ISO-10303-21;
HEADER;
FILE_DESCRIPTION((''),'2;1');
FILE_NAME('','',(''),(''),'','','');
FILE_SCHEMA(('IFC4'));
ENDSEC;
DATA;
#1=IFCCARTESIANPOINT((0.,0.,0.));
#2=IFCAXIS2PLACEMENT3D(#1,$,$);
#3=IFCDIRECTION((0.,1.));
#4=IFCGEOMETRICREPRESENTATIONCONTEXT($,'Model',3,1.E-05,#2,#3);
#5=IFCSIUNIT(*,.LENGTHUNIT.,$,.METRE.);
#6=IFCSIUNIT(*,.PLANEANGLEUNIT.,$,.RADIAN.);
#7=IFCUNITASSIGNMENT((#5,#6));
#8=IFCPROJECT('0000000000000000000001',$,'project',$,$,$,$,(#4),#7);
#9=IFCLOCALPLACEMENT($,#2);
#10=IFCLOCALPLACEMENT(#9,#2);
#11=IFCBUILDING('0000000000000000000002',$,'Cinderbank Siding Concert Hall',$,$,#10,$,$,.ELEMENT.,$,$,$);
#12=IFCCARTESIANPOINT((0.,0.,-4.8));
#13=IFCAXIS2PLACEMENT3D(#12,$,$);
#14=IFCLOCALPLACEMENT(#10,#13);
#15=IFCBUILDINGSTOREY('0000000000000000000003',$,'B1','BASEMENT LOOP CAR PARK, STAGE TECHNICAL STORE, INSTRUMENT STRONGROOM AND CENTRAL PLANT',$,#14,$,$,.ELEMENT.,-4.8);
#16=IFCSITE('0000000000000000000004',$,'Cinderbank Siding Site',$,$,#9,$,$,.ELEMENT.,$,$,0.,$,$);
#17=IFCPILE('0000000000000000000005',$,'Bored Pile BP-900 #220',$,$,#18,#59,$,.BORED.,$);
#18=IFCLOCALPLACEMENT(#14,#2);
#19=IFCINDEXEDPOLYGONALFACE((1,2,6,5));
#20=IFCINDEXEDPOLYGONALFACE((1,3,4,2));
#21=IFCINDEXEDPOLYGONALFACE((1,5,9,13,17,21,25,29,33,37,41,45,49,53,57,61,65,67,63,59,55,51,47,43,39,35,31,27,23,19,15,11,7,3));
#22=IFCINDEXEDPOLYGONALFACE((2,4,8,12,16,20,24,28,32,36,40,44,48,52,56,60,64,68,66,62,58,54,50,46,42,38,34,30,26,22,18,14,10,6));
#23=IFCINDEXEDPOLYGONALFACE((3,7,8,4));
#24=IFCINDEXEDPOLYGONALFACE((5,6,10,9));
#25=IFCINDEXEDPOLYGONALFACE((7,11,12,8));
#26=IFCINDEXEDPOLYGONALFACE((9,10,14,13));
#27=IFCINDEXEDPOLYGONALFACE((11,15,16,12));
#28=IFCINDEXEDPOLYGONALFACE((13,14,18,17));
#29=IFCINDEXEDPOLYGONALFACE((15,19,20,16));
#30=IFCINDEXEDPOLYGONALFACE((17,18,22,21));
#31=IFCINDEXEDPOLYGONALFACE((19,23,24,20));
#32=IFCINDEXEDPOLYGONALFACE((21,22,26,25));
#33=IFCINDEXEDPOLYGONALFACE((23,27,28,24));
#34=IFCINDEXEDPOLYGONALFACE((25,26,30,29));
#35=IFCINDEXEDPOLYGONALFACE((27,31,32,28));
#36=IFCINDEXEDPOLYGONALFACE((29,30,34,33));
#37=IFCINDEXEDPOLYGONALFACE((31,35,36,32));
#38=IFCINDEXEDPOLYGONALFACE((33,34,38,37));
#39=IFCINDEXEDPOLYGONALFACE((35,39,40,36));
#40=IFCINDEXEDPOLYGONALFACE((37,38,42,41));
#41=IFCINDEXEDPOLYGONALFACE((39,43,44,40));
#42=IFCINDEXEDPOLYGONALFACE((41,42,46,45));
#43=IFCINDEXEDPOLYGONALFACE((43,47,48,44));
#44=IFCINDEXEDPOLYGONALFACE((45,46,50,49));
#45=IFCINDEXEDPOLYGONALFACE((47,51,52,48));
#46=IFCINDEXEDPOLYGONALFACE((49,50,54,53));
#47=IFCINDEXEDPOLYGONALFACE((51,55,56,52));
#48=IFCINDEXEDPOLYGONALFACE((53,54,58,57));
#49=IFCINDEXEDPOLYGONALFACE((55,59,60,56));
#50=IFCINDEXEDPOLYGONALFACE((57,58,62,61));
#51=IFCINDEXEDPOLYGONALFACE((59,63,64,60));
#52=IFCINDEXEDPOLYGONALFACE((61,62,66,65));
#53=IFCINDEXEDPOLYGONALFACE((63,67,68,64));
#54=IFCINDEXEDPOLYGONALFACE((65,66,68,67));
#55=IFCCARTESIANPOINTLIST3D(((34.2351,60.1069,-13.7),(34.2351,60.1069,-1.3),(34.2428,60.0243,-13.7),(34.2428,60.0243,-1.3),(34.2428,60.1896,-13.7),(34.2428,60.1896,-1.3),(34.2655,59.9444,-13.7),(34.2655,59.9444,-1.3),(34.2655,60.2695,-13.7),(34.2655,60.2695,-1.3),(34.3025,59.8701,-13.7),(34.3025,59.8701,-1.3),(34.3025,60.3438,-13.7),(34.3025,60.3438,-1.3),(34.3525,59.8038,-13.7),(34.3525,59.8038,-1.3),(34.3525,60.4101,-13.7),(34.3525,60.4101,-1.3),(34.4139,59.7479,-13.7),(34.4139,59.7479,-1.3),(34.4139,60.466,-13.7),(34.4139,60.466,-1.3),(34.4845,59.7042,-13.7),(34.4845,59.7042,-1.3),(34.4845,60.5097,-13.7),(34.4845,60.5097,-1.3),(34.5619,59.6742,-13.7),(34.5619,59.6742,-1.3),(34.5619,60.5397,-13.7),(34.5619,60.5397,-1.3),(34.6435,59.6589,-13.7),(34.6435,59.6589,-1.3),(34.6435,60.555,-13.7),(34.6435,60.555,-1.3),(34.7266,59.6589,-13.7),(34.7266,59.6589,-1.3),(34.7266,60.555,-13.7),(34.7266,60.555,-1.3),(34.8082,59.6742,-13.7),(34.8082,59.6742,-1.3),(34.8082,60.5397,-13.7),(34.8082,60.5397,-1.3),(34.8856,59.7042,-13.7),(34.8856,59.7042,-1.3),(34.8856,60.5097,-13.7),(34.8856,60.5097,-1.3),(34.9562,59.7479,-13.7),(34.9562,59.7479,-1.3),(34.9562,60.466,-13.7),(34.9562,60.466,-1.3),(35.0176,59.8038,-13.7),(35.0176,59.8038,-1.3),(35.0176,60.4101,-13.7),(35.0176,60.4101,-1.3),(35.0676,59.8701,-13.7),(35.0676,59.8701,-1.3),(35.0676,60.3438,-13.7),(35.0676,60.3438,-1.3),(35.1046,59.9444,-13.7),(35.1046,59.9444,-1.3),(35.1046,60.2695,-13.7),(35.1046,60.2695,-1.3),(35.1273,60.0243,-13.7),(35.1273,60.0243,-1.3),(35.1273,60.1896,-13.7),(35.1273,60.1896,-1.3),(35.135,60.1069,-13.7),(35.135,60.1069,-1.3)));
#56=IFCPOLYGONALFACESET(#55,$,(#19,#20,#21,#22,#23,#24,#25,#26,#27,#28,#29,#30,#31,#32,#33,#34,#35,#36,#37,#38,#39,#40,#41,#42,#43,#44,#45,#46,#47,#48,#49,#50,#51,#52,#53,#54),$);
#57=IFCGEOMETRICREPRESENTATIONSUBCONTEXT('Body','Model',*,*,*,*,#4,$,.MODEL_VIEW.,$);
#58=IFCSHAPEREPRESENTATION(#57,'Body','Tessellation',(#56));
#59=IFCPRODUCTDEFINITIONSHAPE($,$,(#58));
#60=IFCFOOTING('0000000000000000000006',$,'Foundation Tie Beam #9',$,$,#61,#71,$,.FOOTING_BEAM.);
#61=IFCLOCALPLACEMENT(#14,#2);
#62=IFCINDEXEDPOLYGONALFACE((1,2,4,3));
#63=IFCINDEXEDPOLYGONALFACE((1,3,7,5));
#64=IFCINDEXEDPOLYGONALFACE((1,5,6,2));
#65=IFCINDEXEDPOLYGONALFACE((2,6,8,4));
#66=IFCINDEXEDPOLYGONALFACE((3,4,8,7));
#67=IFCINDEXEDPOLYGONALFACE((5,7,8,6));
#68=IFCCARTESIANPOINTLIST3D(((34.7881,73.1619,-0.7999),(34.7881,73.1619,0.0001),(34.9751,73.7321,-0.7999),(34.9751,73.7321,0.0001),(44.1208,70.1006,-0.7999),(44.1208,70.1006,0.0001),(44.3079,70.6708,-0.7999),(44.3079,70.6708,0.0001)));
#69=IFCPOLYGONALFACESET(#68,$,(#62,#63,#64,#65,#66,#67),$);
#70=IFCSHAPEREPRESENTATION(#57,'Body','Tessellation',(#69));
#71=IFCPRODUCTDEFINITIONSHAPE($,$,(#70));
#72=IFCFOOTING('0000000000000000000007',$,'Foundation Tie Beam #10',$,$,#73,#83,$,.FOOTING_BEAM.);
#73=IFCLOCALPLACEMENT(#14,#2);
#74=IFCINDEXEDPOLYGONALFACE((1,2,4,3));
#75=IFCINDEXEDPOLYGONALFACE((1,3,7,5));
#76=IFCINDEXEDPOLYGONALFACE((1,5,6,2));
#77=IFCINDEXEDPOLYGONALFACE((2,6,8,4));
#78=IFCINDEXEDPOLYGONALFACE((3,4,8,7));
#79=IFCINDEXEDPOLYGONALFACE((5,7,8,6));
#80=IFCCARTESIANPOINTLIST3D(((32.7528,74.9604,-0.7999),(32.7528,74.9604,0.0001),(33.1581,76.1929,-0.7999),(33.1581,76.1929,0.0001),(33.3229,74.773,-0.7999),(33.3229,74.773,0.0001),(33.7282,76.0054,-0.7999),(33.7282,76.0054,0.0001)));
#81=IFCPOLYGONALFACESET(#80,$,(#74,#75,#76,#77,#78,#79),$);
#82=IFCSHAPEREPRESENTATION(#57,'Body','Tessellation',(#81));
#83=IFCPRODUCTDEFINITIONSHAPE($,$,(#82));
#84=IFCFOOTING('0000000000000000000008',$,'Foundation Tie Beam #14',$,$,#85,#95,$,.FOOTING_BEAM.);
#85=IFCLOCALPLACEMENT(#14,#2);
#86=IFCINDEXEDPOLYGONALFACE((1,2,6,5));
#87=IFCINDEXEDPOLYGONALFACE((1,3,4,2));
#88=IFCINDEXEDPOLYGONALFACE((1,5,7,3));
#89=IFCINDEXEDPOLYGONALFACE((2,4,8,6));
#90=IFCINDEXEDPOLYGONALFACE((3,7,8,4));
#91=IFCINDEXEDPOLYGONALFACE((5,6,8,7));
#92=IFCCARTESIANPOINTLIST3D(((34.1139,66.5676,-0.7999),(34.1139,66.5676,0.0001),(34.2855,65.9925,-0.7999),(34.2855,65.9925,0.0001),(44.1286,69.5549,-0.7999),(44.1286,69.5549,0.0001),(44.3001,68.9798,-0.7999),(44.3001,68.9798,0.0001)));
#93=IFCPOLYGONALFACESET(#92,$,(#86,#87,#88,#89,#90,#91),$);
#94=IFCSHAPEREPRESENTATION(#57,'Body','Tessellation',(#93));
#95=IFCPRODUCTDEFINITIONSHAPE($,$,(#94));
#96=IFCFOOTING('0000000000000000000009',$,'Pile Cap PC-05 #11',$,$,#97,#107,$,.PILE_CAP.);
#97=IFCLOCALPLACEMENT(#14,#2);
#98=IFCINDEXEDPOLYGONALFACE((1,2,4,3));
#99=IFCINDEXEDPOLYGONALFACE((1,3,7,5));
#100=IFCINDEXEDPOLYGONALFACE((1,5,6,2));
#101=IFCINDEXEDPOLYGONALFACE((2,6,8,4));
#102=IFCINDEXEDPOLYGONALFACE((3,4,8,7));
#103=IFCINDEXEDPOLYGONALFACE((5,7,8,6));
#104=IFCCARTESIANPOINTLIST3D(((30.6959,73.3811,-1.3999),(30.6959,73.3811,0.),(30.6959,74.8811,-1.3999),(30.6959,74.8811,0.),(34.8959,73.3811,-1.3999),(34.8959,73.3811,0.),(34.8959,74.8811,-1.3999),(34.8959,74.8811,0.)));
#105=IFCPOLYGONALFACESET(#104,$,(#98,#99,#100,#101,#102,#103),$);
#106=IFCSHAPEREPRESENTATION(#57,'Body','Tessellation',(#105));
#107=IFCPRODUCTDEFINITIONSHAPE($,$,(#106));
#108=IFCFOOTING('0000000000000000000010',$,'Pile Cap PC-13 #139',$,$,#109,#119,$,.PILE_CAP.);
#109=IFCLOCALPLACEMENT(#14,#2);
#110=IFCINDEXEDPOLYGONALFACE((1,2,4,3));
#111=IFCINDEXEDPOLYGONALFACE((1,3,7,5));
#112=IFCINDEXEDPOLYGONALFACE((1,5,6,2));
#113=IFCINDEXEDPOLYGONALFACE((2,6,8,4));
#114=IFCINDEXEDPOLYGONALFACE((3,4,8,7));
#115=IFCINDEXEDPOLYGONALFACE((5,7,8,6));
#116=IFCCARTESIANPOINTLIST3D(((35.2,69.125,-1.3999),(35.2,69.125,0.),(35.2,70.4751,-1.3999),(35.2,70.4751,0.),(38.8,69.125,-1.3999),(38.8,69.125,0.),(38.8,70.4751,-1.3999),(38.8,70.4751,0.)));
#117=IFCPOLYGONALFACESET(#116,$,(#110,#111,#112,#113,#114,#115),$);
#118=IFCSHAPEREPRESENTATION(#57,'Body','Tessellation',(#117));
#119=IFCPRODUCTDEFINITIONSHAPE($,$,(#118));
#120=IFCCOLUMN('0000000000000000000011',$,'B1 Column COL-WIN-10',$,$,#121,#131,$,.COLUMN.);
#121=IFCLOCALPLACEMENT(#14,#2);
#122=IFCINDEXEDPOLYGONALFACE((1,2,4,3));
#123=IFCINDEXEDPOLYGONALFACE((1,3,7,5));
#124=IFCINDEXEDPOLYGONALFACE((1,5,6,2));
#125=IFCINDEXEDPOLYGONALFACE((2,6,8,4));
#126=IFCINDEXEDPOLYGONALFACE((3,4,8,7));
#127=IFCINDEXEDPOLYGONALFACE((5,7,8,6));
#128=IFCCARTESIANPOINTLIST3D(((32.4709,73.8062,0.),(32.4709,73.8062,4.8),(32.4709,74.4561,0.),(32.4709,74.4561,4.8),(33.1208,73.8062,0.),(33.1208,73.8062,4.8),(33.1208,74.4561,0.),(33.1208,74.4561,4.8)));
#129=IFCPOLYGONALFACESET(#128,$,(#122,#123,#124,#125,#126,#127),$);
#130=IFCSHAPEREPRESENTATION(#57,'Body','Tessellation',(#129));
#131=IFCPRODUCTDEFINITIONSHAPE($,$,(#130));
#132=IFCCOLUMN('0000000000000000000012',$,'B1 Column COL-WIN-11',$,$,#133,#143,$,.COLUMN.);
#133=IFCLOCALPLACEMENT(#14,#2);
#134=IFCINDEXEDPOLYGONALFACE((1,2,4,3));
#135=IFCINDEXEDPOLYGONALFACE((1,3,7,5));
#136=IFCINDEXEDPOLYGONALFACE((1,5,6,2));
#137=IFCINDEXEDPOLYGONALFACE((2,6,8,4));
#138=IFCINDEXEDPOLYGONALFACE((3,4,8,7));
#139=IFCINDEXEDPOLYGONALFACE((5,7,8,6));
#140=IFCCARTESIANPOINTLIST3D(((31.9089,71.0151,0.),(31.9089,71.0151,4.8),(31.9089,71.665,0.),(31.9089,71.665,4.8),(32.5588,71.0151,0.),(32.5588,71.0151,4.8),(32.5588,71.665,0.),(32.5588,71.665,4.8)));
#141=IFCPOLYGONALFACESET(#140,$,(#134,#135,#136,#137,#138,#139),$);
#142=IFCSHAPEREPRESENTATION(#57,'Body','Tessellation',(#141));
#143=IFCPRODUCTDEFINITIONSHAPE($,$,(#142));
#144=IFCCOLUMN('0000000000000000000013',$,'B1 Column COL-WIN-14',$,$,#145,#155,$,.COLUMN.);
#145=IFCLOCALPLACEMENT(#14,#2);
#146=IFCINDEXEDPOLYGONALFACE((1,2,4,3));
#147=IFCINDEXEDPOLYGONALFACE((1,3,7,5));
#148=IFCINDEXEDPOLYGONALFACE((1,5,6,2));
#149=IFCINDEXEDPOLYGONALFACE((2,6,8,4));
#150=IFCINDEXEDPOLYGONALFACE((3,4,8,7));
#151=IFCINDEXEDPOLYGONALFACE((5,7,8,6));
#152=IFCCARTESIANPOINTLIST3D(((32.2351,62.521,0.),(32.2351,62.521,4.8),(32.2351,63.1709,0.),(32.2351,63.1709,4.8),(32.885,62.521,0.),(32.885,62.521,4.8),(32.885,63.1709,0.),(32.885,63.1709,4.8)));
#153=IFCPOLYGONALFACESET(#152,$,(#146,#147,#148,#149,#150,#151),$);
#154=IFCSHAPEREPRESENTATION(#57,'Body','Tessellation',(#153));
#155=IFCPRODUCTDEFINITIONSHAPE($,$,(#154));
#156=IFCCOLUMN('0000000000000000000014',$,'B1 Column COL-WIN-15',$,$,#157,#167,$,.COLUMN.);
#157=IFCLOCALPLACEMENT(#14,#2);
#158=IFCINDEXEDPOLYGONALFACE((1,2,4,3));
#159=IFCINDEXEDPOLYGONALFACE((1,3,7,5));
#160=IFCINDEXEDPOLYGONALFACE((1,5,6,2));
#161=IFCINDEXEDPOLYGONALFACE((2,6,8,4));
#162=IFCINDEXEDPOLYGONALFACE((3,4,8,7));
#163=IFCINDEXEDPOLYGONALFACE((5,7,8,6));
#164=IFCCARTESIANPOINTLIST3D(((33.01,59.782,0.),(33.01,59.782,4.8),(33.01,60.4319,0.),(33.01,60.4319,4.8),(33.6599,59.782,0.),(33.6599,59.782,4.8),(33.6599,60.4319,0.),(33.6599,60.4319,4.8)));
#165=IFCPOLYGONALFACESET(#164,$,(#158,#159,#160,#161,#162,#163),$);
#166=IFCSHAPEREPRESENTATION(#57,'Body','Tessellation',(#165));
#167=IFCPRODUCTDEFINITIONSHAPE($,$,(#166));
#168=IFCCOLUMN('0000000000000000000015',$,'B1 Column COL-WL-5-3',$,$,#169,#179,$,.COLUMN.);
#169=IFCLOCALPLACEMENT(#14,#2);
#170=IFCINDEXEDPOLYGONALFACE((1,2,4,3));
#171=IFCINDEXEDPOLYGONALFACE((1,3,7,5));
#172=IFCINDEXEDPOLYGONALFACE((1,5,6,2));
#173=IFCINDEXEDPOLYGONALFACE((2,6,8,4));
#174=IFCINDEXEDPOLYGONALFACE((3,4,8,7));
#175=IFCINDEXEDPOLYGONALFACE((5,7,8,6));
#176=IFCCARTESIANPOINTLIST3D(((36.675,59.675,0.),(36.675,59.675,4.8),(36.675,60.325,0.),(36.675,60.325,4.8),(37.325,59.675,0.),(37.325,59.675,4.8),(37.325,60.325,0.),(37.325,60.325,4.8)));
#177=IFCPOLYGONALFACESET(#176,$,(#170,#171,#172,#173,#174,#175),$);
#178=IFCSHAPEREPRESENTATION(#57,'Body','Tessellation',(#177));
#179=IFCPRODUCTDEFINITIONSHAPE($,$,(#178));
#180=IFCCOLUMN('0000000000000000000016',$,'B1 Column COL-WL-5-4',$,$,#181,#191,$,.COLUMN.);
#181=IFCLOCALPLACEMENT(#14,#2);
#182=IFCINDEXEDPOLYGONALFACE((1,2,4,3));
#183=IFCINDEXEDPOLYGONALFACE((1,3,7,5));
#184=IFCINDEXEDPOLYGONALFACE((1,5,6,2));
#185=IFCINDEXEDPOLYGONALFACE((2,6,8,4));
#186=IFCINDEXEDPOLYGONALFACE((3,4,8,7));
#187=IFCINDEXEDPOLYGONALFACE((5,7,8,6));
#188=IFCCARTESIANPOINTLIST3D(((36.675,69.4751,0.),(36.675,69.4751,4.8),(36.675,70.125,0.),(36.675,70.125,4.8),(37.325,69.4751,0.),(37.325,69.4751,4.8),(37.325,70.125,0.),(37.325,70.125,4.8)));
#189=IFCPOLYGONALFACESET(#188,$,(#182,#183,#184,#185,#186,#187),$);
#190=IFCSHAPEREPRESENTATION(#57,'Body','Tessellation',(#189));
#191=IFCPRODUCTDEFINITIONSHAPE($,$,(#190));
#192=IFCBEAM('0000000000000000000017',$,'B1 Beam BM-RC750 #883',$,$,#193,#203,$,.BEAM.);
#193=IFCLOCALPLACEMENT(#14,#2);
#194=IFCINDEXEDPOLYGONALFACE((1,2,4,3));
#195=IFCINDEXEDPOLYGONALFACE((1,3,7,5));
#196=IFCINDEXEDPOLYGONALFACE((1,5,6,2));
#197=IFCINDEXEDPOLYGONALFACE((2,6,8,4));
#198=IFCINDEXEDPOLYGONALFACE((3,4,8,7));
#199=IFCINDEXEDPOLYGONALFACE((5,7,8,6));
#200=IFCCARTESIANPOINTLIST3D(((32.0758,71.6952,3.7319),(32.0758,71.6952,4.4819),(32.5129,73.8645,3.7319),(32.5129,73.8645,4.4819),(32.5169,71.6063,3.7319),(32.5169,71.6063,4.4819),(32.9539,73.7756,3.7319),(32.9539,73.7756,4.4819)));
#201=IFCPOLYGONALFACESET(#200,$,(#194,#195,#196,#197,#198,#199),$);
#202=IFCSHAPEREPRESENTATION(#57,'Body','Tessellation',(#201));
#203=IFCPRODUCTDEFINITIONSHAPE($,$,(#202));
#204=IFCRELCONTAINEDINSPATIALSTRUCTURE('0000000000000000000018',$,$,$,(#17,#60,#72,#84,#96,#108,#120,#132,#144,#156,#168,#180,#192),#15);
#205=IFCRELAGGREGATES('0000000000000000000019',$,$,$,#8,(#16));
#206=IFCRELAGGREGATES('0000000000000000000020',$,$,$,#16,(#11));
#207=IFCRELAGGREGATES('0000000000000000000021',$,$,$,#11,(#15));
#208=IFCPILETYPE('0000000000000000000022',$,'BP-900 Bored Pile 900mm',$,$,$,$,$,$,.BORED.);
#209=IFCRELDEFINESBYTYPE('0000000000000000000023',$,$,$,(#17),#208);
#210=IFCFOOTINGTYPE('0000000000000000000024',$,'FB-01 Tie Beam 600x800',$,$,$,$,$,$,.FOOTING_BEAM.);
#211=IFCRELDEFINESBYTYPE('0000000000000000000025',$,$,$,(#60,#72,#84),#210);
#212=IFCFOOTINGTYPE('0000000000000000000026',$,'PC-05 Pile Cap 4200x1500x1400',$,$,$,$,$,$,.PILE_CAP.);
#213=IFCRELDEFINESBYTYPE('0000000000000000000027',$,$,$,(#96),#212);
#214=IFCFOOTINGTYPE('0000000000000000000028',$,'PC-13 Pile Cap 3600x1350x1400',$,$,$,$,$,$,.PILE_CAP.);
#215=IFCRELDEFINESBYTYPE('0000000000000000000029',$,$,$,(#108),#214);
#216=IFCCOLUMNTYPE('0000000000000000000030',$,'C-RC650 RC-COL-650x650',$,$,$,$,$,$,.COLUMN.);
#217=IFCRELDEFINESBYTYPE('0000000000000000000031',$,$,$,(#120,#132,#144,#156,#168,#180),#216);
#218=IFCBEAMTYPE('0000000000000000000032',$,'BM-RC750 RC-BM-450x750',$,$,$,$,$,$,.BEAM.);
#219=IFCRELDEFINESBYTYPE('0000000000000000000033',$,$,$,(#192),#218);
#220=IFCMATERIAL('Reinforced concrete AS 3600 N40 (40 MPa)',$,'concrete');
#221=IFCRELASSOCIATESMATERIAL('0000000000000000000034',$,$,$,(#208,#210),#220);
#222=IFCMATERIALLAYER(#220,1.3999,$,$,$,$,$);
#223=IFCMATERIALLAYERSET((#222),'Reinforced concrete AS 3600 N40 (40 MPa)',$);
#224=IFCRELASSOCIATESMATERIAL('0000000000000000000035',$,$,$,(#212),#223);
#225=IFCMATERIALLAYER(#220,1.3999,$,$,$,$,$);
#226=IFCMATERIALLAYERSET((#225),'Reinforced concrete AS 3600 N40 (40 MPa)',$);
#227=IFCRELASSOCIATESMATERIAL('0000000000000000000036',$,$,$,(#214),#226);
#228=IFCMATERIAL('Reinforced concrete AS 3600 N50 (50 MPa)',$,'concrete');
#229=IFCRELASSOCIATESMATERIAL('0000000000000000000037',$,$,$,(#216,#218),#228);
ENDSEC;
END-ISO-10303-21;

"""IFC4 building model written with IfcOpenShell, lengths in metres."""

from ifc_helpers import new_model, si_unit, direction, frame, origin, origin_2d, place, context, subcontext, project, spatial, rectangle, circle, extrude, material, layer, layer_set, material_profile, profile_set, type_object, element, save


model = new_model("IFC4")

# Units and contexts
model_context = context("Model", 3, precision=1e-05, world=origin(), true_north=direction((0.0, 1.0)))
body_context = subcontext(model_context, "Body", "Model", "MODEL_VIEW")
ifc_project = project(units=[si_unit("LENGTHUNIT", "METRE"), si_unit("PLANEANGLEUNIT", "RADIAN")], contexts=[model_context])

# Site, building, storey
site_placement = place(None, origin())
site = spatial("IfcSite", under=ifc_project, at=site_placement, Name="Cinderbank Siding Site", CompositionType="ELEMENT", RefElevation=0.0)
building_placement = place(site_placement, origin())
building = spatial("IfcBuilding", under=site, at=building_placement, Name="Cinderbank Siding Concert Hall", CompositionType="ELEMENT")
storey_placement = place(building_placement, frame((0.0, 0.0, -4.8)))
storey = spatial("IfcBuildingStorey", under=building, at=storey_placement, Name="B1", Description="BASEMENT LOOP CAR PARK, STAGE TECHNICAL STORE, INSTRUMENT STRONGROOM AND CENTRAL PLANT", CompositionType="ELEMENT", Elevation=-4.8)

# Pile
ifc_material_1 = material(Name="Reinforced concrete AS 3600 N40 (40 MPa)", Category="concrete")
ifc_material_profile_1 = material_profile(ifc_material_1, circle(Radius=0.45, at=origin_2d()), Name="PILE-900DIA", Category="LoadBearing")
ifc_profile_set_1 = profile_set([ifc_material_profile_1], Name="Reinforced concrete AS 3600 N40 (40 MPa)")
pile_type_1 = type_object("IfcPileType", Name="BP-900 Bored Pile 900mm", PredefinedType="BORED", material=ifc_profile_set_1)
for number, where, z_axis, x_axis, name in (
    (1, (34.6851, 60.1069, -1.3), (0.0, 0.0, -1.0), (1.0, 0.0, 0.0), "Bored Pile BP-900 #220"),
):
    element("IfcPile", number, at=place(storey_placement, frame(where, z_axis=z_axis, x_axis=x_axis)), inside=storey, type_object=pile_type_1, Name=name, PredefinedType="BORED", context=body_context, shape_type="SweptSolid", body=[
        extrude(circle(Radius=0.45, at=origin_2d()), origin(), (0.0, 0.0, 1.0), 12.3999),
    ])

# Footings
ifc_material_profile_2 = material_profile(ifc_material_1, rectangle(XDim=0.6001, YDim=0.8, at=origin_2d()), Name="RC-FB-600x800", Category="LoadBearing")
ifc_profile_set_2 = profile_set([ifc_material_profile_2], Name="Reinforced concrete AS 3600 N40 (40 MPa)")
footing_type_1 = type_object("IfcFootingType", Name="FB-01 Tie Beam 600x800", PredefinedType="FOOTING_BEAM", material=ifc_profile_set_2)
footing_1_placement = place(storey_placement, frame((34.8816, 73.447, -0.3999), z_axis=(0.950189, -0.311675, 0.0), x_axis=(0.311675, 0.950189, 0.0)))
element("IfcFooting", 2, at=footing_1_placement, inside=storey, type_object=footing_type_1, Name="Foundation Tie Beam #9", PredefinedType="FOOTING_BEAM", context=body_context, shape_type="SweptSolid", body=[
    extrude(rectangle(XDim=0.6001, YDim=0.8, at=origin_2d()), origin(), (0.0, 0.0, 1.0), 9.822),
])
footing_2_placement = place(storey_placement, frame((33.0378, 74.8667, -0.3999), z_axis=(0.312386, 0.949955, 0.0), x_axis=(-0.949955, 0.312386, 0.0)))
element("IfcFooting", 3, at=footing_2_placement, inside=storey, type_object=footing_type_1, Name="Foundation Tie Beam #10", PredefinedType="FOOTING_BEAM", context=body_context, shape_type="SweptSolid", body=[
    extrude(rectangle(XDim=0.6001, YDim=0.8, at=origin_2d()), origin(), (0.0, 0.0, 1.0), 1.2974),
])
footing_3_placement = place(storey_placement, frame((34.1997, 66.28, -0.3999), z_axis=(0.958275, 0.285847, 0.0), x_axis=(-0.285847, 0.958275, 0.0)))
element("IfcFooting", 4, at=footing_3_placement, inside=storey, type_object=footing_type_1, Name="Foundation Tie Beam #14", PredefinedType="FOOTING_BEAM", context=body_context, shape_type="SweptSolid", body=[
    extrude(rectangle(XDim=0.6001, YDim=0.8, at=origin_2d()), origin(), (0.0, 0.0, 1.0), 10.4507),
])
ifc_layer_1 = layer(ifc_material_1, 1.3999)
ifc_layer_set_1 = layer_set([ifc_layer_1], Name="Reinforced concrete AS 3600 N40 (40 MPa)")
footing_type_2 = type_object("IfcFootingType", Name="PC-05 Pile Cap 4200x1500x1400", PredefinedType="PILE_CAP", material=ifc_layer_set_1)
footing_4_placement = place(storey_placement, frame((32.7959, 74.1311, -1.3999), z_axis=(0.0, 0.0, 1.0), x_axis=(1.0, 0.0, 0.0)))
element("IfcFooting", 5, at=footing_4_placement, inside=storey, type_object=footing_type_2, Name="Pile Cap PC-05 #11", PredefinedType="PILE_CAP", context=body_context, shape_type="SweptSolid", body=[
    extrude(rectangle(XDim=4.2, YDim=1.5, at=origin_2d()), origin(), (0.0, 0.0, 1.0), 1.3999),
])
ifc_layer_2 = layer(ifc_material_1, 1.3999)
ifc_layer_set_2 = layer_set([ifc_layer_2], Name="Reinforced concrete AS 3600 N40 (40 MPa)")
footing_type_3 = type_object("IfcFootingType", Name="PC-13 Pile Cap 3600x1350x1400", PredefinedType="PILE_CAP", material=ifc_layer_set_2)
footing_5_placement = place(storey_placement, frame((37.0, 69.8, -1.3999), z_axis=(0.0, 0.0, 1.0), x_axis=(1.0, 0.0, 0.0)))
element("IfcFooting", 6, at=footing_5_placement, inside=storey, type_object=footing_type_3, Name="Pile Cap PC-13 #139", PredefinedType="PILE_CAP", context=body_context, shape_type="SweptSolid", body=[
    extrude(rectangle(XDim=3.6001, YDim=1.3501, at=origin_2d()), origin(), (0.0, 0.0, 1.0), 1.3999),
])

# Columns
ifc_material_2 = material(Name="Reinforced concrete AS 3600 N50 (50 MPa)", Category="concrete")
ifc_material_profile_3 = material_profile(ifc_material_2, rectangle(XDim=0.6499, YDim=0.6499, at=origin_2d()), Name="RC-COL-650x650", Category="LoadBearing")
ifc_profile_set_3 = profile_set([ifc_material_profile_3], Name="Reinforced concrete AS 3600 N50 (50 MPa)")
column_type = type_object("IfcColumnType", Name="C-RC650 RC-COL-650x650", PredefinedType="COLUMN", material=ifc_profile_set_3)
for number, where, z_axis, x_axis, name in (
    (7, (32.7959, 74.1311, 0.0), (0.0, 0.0, 1.0), (1.0, 0.0, 0.0), "B1 Column COL-WIN-10"),
    (8, (32.2339, 71.3401, 0.0), (0.0, 0.0, 1.0), (1.0, 0.0, 0.0), "B1 Column COL-WIN-11"),
    (9, (32.5601, 62.8459, 0.0), (0.0, 0.0, 1.0), (1.0, 0.0, 0.0), "B1 Column COL-WIN-14"),
    (10, (33.335, 60.1069, 0.0), (0.0, 0.0, 1.0), (1.0, 0.0, 0.0), "B1 Column COL-WIN-15"),
    (11, (37.0, 60.0, 0.0), (0.0, 0.0, 1.0), (1.0, 0.0, 0.0), "B1 Column COL-WL-5-3"),
    (12, (37.0, 69.8, 0.0), (0.0, 0.0, 1.0), (1.0, 0.0, 0.0), "B1 Column COL-WL-5-4"),
):
    element("IfcColumn", number, at=place(storey_placement, frame(where, z_axis=z_axis, x_axis=x_axis)), inside=storey, type_object=column_type, Name=name, PredefinedType="COLUMN", context=body_context, shape_type="SweptSolid", body=[
        extrude(rectangle(XDim=0.6499, YDim=0.6499, at=origin_2d()), origin(), (0.0, 0.0, 1.0), 4.8),
    ])

# Beam
ifc_material_profile_4 = material_profile(ifc_material_2, rectangle(XDim=0.45, YDim=0.75, at=origin_2d()), Name="RC-BM-450x750", Category="LoadBearing")
ifc_profile_set_4 = profile_set([ifc_material_profile_4], Name="Reinforced concrete AS 3600 N50 (50 MPa)")
beam_type_1 = type_object("IfcBeamType", Name="BM-RC750 RC-BM-450x750", PredefinedType="BEAM", material=ifc_profile_set_4)
beam_1_placement = place(storey_placement, frame((32.7334, 73.8201, 4.1069), z_axis=(-0.197495, -0.980304, 0.0), x_axis=(0.980304, -0.197495, 0.0)))
element("IfcBeam", 13, at=beam_1_placement, inside=storey, type_object=beam_type_1, Name="B1 Beam BM-RC750 #883", PredefinedType="BEAM", context=body_context, shape_type="SweptSolid", body=[
    extrude(rectangle(XDim=0.45, YDim=0.75, at=origin_2d()), origin(), (0.0, 0.0, 1.0), 2.2129),
])

save(model, "model.ifc")
